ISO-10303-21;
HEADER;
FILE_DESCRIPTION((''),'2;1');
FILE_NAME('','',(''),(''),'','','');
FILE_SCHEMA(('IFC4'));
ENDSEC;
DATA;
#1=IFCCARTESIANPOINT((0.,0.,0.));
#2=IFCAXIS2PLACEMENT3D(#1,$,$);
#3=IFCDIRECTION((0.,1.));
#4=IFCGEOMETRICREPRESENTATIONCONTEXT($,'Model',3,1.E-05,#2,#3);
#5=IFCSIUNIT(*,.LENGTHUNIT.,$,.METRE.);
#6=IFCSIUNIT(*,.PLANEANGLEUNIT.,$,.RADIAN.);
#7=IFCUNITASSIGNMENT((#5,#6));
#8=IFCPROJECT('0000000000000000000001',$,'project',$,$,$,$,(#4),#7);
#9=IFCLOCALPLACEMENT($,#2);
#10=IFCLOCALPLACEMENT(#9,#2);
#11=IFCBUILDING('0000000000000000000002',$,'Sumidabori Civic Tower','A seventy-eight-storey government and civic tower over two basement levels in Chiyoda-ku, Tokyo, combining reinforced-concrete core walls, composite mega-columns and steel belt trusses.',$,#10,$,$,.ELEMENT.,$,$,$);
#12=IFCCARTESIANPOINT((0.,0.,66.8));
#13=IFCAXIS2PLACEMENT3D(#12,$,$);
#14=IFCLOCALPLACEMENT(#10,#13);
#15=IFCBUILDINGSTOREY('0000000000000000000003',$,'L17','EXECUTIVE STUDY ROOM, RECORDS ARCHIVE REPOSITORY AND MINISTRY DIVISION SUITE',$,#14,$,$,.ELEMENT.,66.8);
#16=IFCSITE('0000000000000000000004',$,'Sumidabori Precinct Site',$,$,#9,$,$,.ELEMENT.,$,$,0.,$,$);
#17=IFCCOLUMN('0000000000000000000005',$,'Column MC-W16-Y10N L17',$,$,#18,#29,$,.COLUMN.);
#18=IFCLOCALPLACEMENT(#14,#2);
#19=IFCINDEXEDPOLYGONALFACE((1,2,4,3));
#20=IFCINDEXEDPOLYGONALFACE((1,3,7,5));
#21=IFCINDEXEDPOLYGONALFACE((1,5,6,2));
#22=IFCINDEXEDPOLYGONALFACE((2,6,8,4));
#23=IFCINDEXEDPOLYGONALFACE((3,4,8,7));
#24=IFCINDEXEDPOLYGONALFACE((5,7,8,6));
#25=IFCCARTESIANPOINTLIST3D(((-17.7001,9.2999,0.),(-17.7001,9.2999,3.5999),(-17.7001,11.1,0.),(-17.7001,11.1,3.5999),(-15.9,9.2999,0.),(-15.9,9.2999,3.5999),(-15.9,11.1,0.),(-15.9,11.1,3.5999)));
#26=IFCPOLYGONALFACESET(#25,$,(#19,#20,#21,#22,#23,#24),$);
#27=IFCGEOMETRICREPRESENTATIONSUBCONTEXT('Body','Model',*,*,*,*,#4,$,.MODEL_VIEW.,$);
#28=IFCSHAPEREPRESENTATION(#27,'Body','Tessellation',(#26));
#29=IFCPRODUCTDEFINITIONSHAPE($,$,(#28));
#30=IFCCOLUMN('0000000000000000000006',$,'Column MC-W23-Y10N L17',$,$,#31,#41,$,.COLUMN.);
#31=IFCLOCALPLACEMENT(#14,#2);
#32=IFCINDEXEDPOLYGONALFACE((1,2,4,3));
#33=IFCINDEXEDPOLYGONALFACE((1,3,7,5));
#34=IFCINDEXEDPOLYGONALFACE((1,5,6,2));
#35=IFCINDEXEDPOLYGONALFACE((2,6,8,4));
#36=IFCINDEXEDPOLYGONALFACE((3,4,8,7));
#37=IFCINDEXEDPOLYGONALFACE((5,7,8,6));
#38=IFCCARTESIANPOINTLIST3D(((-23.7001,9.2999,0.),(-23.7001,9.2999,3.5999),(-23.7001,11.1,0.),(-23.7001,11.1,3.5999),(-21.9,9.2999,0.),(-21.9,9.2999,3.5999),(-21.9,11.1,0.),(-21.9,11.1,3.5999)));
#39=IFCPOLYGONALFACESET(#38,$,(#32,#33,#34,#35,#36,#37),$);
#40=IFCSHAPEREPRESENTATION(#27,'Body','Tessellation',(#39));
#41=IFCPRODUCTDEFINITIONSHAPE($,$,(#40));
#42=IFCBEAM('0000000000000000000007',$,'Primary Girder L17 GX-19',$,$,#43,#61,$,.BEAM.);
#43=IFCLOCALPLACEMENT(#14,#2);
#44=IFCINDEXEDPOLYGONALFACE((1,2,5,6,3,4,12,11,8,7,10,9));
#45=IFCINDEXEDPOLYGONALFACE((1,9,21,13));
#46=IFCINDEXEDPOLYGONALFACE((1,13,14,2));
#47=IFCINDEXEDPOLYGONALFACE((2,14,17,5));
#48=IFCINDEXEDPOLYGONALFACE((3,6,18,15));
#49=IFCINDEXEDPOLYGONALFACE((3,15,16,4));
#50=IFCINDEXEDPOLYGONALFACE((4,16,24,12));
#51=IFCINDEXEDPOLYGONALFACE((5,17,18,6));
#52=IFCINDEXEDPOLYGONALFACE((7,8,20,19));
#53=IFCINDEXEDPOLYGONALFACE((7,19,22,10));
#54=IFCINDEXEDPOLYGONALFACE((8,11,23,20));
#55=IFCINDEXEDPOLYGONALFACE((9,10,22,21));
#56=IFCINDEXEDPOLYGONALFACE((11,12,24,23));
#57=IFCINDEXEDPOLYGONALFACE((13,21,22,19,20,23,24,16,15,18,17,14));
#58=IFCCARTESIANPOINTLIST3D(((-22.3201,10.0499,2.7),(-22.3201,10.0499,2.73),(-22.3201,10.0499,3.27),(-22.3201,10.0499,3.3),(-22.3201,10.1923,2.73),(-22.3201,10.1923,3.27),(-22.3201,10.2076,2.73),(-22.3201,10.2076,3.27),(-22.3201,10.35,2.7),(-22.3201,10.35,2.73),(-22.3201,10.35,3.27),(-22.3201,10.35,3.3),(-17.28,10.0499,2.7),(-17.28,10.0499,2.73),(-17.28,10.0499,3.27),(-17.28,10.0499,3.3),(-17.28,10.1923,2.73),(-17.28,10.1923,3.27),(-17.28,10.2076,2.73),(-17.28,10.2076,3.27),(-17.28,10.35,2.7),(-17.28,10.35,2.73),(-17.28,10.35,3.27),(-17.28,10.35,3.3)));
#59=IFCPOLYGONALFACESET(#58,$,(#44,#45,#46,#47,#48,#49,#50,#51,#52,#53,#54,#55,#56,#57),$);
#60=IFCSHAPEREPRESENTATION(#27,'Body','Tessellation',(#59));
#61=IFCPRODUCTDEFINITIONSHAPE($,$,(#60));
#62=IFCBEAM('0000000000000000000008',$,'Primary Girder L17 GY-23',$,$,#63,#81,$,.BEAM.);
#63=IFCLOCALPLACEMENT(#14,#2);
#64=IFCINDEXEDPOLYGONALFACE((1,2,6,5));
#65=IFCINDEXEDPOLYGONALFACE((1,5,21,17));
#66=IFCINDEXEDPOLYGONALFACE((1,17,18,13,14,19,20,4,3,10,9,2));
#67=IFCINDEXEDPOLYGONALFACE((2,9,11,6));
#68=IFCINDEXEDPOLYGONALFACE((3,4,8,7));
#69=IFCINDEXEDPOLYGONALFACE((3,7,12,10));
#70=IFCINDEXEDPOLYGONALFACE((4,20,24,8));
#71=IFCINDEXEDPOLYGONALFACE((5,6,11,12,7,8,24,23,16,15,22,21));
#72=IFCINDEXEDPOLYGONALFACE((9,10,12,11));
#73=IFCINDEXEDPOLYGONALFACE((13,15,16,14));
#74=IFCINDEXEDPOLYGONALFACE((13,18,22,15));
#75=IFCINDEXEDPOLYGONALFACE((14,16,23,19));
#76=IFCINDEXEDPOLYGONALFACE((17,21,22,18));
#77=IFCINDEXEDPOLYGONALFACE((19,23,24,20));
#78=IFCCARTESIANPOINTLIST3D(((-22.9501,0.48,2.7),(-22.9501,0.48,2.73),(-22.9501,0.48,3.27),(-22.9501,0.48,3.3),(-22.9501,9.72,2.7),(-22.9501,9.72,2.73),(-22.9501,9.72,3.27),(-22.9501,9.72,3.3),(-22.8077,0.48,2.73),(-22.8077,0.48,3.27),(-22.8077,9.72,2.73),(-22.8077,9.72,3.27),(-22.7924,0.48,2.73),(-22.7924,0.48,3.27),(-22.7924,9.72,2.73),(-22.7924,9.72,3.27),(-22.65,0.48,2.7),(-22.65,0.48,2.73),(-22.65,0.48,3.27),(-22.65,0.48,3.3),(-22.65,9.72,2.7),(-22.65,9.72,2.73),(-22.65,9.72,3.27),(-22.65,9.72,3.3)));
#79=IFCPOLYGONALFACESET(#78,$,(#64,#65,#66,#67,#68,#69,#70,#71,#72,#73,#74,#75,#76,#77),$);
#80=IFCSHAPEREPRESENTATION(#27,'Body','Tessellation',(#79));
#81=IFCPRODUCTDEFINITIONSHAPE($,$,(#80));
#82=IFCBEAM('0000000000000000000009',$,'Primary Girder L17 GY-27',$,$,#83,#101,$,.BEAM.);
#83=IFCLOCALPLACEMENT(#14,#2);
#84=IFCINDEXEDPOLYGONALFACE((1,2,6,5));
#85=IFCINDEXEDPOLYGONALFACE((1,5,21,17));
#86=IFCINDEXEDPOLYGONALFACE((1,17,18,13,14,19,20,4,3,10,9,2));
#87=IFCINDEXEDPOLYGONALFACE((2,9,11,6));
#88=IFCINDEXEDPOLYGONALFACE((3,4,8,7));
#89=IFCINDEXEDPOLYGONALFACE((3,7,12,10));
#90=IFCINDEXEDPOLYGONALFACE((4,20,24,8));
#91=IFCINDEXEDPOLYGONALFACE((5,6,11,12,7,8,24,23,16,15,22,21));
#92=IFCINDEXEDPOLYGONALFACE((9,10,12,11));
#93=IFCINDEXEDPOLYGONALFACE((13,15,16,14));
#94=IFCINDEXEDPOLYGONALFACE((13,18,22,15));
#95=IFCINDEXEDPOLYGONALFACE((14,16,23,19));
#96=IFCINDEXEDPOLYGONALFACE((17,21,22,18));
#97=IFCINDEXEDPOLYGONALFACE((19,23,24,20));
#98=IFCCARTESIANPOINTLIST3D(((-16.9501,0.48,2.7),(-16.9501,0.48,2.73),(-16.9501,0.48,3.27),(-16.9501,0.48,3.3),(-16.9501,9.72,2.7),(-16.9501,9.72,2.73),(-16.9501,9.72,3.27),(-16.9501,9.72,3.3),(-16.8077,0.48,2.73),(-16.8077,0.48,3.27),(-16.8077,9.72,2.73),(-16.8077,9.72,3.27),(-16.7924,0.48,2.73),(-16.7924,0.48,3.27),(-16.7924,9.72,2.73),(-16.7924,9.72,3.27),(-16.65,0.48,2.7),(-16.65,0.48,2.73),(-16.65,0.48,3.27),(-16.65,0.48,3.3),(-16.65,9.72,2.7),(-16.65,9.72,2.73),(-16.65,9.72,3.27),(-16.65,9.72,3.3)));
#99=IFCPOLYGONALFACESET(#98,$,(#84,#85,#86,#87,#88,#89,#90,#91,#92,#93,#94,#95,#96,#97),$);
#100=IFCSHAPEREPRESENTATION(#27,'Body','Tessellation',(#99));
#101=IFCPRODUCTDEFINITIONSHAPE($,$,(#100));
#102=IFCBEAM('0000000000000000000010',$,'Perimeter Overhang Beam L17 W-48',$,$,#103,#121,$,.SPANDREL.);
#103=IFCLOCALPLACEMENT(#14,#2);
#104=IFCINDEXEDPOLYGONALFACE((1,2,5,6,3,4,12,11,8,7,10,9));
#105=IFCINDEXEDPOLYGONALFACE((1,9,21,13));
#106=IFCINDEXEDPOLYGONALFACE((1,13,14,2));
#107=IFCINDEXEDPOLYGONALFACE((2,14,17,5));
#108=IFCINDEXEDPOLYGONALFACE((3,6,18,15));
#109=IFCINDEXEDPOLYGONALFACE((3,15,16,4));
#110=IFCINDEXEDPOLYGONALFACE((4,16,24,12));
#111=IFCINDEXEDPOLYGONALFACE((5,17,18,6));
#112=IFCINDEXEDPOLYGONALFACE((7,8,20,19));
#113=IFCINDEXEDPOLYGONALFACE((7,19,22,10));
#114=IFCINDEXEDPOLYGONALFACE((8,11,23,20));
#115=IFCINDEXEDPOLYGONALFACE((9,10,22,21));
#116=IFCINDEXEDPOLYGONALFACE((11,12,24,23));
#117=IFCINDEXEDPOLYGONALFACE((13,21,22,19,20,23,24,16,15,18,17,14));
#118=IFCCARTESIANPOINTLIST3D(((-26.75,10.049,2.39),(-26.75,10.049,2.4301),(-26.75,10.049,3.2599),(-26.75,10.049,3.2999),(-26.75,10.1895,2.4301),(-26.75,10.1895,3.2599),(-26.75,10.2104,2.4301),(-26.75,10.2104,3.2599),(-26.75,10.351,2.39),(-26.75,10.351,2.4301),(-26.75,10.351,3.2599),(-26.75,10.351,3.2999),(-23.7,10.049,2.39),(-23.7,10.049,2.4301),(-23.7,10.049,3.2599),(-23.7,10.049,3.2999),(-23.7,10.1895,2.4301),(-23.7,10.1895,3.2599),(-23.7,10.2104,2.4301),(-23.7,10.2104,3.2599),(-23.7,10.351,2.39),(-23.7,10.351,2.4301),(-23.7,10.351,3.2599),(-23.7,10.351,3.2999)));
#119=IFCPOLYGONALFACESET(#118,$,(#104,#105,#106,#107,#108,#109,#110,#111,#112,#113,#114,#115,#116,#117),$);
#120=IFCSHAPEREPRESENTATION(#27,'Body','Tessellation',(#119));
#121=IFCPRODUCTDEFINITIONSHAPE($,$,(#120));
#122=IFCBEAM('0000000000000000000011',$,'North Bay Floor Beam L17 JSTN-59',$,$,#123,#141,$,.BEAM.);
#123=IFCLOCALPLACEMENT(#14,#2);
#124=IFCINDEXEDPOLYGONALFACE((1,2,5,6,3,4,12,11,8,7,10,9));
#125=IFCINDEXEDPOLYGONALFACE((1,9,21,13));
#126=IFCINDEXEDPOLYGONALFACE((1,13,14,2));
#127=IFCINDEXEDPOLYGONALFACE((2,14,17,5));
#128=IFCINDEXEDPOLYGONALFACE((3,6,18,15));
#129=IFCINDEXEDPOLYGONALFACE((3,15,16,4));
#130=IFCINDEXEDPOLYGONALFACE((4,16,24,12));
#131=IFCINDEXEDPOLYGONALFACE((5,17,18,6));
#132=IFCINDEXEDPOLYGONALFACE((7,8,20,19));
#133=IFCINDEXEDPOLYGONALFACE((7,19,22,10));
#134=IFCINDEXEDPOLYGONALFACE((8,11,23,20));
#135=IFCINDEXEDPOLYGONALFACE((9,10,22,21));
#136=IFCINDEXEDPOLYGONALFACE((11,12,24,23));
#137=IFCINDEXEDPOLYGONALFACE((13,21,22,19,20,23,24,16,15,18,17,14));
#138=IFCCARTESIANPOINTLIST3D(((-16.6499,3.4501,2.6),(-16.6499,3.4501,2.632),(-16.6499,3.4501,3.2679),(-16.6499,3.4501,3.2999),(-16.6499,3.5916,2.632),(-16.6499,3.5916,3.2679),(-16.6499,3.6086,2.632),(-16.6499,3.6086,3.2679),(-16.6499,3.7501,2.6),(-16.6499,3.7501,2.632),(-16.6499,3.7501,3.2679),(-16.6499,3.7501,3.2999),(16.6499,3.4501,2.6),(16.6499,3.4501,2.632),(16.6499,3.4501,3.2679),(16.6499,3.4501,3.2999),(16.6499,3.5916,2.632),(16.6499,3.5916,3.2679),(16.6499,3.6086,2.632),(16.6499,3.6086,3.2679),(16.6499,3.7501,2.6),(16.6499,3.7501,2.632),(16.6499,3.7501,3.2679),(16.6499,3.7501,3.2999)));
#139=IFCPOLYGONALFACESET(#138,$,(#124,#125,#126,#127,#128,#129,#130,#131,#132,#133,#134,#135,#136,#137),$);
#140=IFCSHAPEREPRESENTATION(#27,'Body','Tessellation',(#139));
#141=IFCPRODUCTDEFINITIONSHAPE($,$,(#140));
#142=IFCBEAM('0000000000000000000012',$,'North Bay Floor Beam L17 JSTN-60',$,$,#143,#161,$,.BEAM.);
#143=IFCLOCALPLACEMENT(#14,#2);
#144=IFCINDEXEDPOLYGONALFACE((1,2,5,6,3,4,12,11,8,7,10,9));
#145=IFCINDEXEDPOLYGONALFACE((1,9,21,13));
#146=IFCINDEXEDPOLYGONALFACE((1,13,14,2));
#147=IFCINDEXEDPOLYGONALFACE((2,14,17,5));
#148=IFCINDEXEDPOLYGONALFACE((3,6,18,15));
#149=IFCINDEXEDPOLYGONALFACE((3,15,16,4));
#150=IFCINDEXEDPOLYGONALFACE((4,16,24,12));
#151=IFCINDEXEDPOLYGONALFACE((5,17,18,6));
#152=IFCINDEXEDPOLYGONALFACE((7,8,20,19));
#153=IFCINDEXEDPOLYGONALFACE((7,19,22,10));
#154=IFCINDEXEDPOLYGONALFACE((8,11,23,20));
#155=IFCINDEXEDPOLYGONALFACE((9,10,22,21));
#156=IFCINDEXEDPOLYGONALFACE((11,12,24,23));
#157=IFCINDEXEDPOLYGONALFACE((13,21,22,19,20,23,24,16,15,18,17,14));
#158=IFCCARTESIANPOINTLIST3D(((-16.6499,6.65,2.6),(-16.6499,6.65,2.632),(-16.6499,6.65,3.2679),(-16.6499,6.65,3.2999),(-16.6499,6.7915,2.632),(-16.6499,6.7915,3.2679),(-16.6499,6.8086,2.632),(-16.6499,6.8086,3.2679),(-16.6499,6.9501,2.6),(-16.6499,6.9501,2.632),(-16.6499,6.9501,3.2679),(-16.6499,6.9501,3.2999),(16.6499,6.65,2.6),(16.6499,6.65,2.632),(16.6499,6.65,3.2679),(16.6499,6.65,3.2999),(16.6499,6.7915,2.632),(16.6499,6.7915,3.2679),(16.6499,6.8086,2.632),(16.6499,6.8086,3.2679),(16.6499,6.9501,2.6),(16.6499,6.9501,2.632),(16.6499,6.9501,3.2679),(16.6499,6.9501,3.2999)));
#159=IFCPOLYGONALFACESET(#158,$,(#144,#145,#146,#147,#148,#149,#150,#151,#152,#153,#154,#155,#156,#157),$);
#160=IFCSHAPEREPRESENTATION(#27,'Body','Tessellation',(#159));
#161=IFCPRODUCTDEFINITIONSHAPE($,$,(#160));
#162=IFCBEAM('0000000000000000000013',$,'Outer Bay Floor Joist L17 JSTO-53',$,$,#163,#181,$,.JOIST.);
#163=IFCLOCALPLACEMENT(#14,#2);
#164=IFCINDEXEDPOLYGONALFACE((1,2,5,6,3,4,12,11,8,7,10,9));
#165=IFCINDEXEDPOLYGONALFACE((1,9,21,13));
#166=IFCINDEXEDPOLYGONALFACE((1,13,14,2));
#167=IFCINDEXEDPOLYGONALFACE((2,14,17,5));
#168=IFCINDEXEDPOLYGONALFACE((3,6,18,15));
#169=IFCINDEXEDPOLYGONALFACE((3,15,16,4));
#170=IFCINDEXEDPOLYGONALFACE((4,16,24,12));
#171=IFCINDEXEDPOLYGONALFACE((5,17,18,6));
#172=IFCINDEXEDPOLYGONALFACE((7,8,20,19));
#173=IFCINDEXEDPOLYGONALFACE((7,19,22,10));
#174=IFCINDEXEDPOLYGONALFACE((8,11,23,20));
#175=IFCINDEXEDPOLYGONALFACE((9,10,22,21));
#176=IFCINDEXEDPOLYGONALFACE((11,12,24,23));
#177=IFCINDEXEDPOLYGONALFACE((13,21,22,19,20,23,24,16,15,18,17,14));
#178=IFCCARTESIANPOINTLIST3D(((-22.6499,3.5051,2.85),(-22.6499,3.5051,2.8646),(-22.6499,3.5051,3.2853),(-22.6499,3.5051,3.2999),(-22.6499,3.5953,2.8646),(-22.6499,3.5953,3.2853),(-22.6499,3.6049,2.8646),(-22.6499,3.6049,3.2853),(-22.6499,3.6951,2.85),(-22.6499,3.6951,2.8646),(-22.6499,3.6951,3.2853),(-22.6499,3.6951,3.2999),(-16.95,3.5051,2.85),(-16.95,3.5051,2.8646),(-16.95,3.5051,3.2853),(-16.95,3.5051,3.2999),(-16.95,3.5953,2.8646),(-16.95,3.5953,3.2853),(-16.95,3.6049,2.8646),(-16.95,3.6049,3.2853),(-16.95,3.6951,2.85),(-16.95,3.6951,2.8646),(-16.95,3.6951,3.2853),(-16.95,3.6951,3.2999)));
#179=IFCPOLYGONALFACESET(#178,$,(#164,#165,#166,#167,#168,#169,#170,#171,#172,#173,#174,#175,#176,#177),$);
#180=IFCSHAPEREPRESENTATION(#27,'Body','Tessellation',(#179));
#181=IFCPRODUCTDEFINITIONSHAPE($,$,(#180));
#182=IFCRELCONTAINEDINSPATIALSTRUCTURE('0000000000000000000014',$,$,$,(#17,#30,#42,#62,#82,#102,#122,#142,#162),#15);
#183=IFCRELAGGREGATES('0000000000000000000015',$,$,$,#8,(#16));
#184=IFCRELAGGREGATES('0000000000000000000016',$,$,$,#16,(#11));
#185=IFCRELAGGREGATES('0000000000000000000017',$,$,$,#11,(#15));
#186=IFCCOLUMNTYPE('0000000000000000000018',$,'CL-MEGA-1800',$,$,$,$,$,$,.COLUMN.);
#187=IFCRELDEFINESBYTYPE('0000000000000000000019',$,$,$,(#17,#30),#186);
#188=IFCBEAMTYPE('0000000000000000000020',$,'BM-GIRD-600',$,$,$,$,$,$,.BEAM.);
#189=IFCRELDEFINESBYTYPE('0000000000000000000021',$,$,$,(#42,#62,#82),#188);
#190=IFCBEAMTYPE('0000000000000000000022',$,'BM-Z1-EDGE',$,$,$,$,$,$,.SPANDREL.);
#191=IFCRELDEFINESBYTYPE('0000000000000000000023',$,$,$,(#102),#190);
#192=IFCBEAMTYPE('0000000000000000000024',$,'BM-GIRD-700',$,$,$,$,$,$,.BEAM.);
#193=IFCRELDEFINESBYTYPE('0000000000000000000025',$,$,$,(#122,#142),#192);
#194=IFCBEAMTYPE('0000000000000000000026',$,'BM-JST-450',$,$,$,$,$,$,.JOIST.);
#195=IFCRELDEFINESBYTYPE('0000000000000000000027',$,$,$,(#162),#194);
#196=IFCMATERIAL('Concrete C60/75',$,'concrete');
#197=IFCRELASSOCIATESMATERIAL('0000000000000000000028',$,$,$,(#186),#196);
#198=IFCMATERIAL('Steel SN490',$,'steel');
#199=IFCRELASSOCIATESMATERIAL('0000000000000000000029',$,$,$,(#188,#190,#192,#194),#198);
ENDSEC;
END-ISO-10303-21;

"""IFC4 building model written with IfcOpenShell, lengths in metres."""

from ifc_helpers import new_model, si_unit, direction, frame, origin, origin_2d, place, context, subcontext, project, spatial, rectangle, i_section, extrude, source, transform, mapped, material, material_profile, profile_set, type_object, element, save


model = new_model("IFC4")

# Units and contexts
model_context = context("Model", 3, precision=1e-05, world=origin(), true_north=direction((0.0, 1.0)))
body_context = subcontext(model_context, "Body", "Model", "MODEL_VIEW")
ifc_project = project(units=[si_unit("LENGTHUNIT", "METRE"), si_unit("PLANEANGLEUNIT", "RADIAN")], contexts=[model_context])

# Site, building, storey
site_placement = place(None, origin())
site = spatial("IfcSite", under=ifc_project, at=site_placement, Name="Sumidabori Precinct Site", CompositionType="ELEMENT", RefElevation=0.0)
building_placement = place(site_placement, origin())
building = spatial("IfcBuilding", under=site, at=building_placement, Name="Sumidabori Civic Tower", Description="A seventy-eight-storey government and civic tower over two basement levels in Chiyoda-ku, Tokyo, combining reinforced-concrete core walls, composite mega-columns and steel belt trusses.", CompositionType="ELEMENT")
storey_placement = place(building_placement, frame((0.0, 0.0, 66.8)))
storey = spatial("IfcBuildingStorey", under=building, at=storey_placement, Name="L17", Description="EXECUTIVE STUDY ROOM, RECORDS ARCHIVE REPOSITORY AND MINISTRY DIVISION SUITE", CompositionType="ELEMENT", Elevation=66.8)

# Columns
ifc_material_1 = material(Name="Concrete C60/75", Category="concrete")
ifc_material_profile_1 = material_profile(ifc_material_1, rectangle(XDim=1.8, YDim=1.8, at=origin_2d()), Name="RC 1800x1800")
ifc_profile_set_1 = profile_set([ifc_material_profile_1], Name="Concrete C60/75")
column_type = type_object("IfcColumnType", Name="CL-MEGA-1800", PredefinedType="COLUMN", material=ifc_profile_set_1)
shared_shape_1 = source(origin(), body_context, "Body", "SweptSolid", [
    extrude(rectangle(XDim=1.8, YDim=1.8, at=origin_2d()), origin(), (0.0, 0.0, 1.0), 3.5999),
])
for number, where, z_axis, x_axis, name in (
    (1, (-16.8, 10.2, 0.0), (0.0, 0.0, 1.0), (1.0, 0.0, 0.0), "Column MC-W16-Y10N L17"),
    (2, (-22.8, 10.2, 0.0), (0.0, 0.0, 1.0), (1.0, 0.0, 0.0), "Column MC-W23-Y10N L17"),
):
    element("IfcColumn", number, at=place(storey_placement, frame(where, z_axis=z_axis, x_axis=x_axis)), inside=storey, type_object=column_type, Name=name, PredefinedType="COLUMN", context=body_context, shape_type="MappedRepresentation", body=[
        mapped(shared_shape_1, transform((0.0, 0.0, 0.0), x_axis=(1.0, 0.0, 0.0), y_axis=(0.0, 1.0, 0.0), z_axis=(0.0, 0.0, 1.0), scale=1.0)),
    ])

# Beams
ifc_material_2 = material(Name="Steel SN490", Category="steel")
ifc_material_profile_2 = material_profile(ifc_material_2, i_section(OverallWidth=0.3, OverallDepth=0.6001, WebThickness=0.0154, FlangeThickness=0.03, at=origin_2d()), Name="HE 600 B")
ifc_profile_set_2 = profile_set([ifc_material_profile_2], Name="Steel SN490")
beam_type_1 = type_object("IfcBeamType", Name="BM-GIRD-600", PredefinedType="BEAM", material=ifc_profile_set_2)
shared_shape_2 = source(origin(), body_context, "Body", "SweptSolid", [
    extrude(i_section(OverallWidth=0.3, OverallDepth=0.6001, WebThickness=0.0154, FlangeThickness=0.03, at=origin_2d()), origin(), (0.0, 0.0, 1.0), 5.04),
])
beam_1_placement = place(storey_placement, frame((-22.3201, 10.2, 3.0), z_axis=(1.0, 0.0, 0.0), x_axis=(0.0, 1.0, 0.0)))
element("IfcBeam", 3, at=beam_1_placement, inside=storey, type_object=beam_type_1, Name="Primary Girder L17 GX-19", PredefinedType="BEAM", context=body_context, shape_type="MappedRepresentation", body=[
    mapped(shared_shape_2, transform((0.0, 0.0, 0.0), x_axis=(1.0, 0.0, 0.0), y_axis=(0.0, 1.0, 0.0), z_axis=(0.0, 0.0, 1.0), scale=1.0)),
])
shared_shape_3 = source(origin(), body_context, "Body", "SweptSolid", [
    extrude(i_section(OverallWidth=0.3, OverallDepth=0.6001, WebThickness=0.0154, FlangeThickness=0.03, at=origin_2d()), origin(), (0.0, 0.0, 1.0), 9.24),
])
for number, where, z_axis, x_axis, name in (
    (4, (-22.8, 0.48, 3.0), (0.0, 1.0, 0.0), (-1.0, 0.0, 0.0), "Primary Girder L17 GY-23"),
    (5, (-16.8, 0.48, 3.0), (0.0, 1.0, 0.0), (-1.0, 0.0, 0.0), "Primary Girder L17 GY-27"),
):
    element("IfcBeam", number, at=place(storey_placement, frame(where, z_axis=z_axis, x_axis=x_axis)), inside=storey, type_object=beam_type_1, Name=name, PredefinedType="BEAM", context=body_context, shape_type="MappedRepresentation", body=[
        mapped(shared_shape_3, transform((0.0, 0.0, 0.0), x_axis=(1.0, 0.0, 0.0), y_axis=(0.0, 1.0, 0.0), z_axis=(0.0, 0.0, 1.0), scale=1.0)),
    ])
ifc_material_profile_3 = material_profile(ifc_material_2, i_section(OverallWidth=0.302, OverallDepth=0.9099, WebThickness=0.021, FlangeThickness=0.04, at=origin_2d()), Name="HE 900 M")
ifc_profile_set_3 = profile_set([ifc_material_profile_3], Name="Steel SN490")
beam_type_2 = type_object("IfcBeamType", Name="BM-Z1-EDGE", PredefinedType="SPANDREL", material=ifc_profile_set_3)
shared_shape_4 = source(origin(), body_context, "Body", "SweptSolid", [
    extrude(i_section(OverallWidth=0.302, OverallDepth=0.9099, WebThickness=0.021, FlangeThickness=0.04, at=origin_2d()), origin(), (0.0, 0.0, 1.0), 3.05),
])
beam_2_placement = place(storey_placement, frame((-26.75, 10.2, 2.845), z_axis=(1.0, 0.0, 0.0), x_axis=(0.0, 1.0, 0.0)))
element("IfcBeam", 6, at=beam_2_placement, inside=storey, type_object=beam_type_2, Name="Perimeter Overhang Beam L17 W-48", PredefinedType="SPANDREL", context=body_context, shape_type="MappedRepresentation", body=[
    mapped(shared_shape_4, transform((0.0, 0.0, 0.0), x_axis=(1.0, 0.0, 0.0), y_axis=(0.0, 1.0, 0.0), z_axis=(0.0, 0.0, 1.0), scale=1.0)),
])
ifc_material_profile_4 = material_profile(ifc_material_2, i_section(OverallWidth=0.3, OverallDepth=0.7, WebThickness=0.0171, FlangeThickness=0.032, at=origin_2d()), Name="HE 700 B")
ifc_profile_set_4 = profile_set([ifc_material_profile_4], Name="Steel SN490")
beam_type_3 = type_object("IfcBeamType", Name="BM-GIRD-700", PredefinedType="BEAM", material=ifc_profile_set_4)
shared_shape_5 = source(origin(), body_context, "Body", "SweptSolid", [
    extrude(i_section(OverallWidth=0.3, OverallDepth=0.7, WebThickness=0.0171, FlangeThickness=0.032, at=origin_2d()), origin(), (0.0, 0.0, 1.0), 33.2998),
])
for number, where, z_axis, x_axis, name in (
    (7, (-16.6499, 3.6001, 2.95), (1.0, 0.0, 0.0), (0.0, 1.0, 0.0), "North Bay Floor Beam L17 JSTN-59"),
    (8, (-16.6499, 6.8, 2.95), (1.0, 0.0, 0.0), (0.0, 1.0, 0.0), "North Bay Floor Beam L17 JSTN-60"),
):
    element("IfcBeam", number, at=place(storey_placement, frame(where, z_axis=z_axis, x_axis=x_axis)), inside=storey, type_object=beam_type_3, Name=name, PredefinedType="BEAM", context=body_context, shape_type="MappedRepresentation", body=[
        mapped(shared_shape_5, transform((0.0, 0.0, 0.0), x_axis=(1.0, 0.0, 0.0), y_axis=(0.0, 1.0, 0.0), z_axis=(0.0, 0.0, 1.0), scale=1.0)),
    ])
ifc_material_profile_5 = material_profile(ifc_material_2, i_section(OverallWidth=0.1899, OverallDepth=0.45, WebThickness=0.0095, FlangeThickness=0.0146, at=origin_2d()), Name="IPE 450")
ifc_profile_set_5 = profile_set([ifc_material_profile_5], Name="Steel SN490")
beam_type_4 = type_object("IfcBeamType", Name="BM-JST-450", PredefinedType="JOIST", material=ifc_profile_set_5)
shared_shape_6 = source(origin(), body_context, "Body", "SweptSolid", [
    extrude(i_section(OverallWidth=0.1899, OverallDepth=0.45, WebThickness=0.0095, FlangeThickness=0.0146, at=origin_2d()), origin(), (0.0, 0.0, 1.0), 5.7),
])
for number, where, z_axis, x_axis, name in (
    (9, (-22.6499, 3.6001, 3.075), (1.0, 0.0, 0.0), (0.0, 1.0, 0.0), "Outer Bay Floor Joist L17 JSTO-53"),
):
    element("IfcBeam", number, at=place(storey_placement, frame(where, z_axis=z_axis, x_axis=x_axis)), inside=storey, type_object=beam_type_4, Name=name, PredefinedType="JOIST", context=body_context, shape_type="MappedRepresentation", body=[
        mapped(shared_shape_6, transform((0.0, 0.0, 0.0), x_axis=(1.0, 0.0, 0.0), y_axis=(0.0, 1.0, 0.0), z_axis=(0.0, 0.0, 1.0), scale=1.0)),
    ])

save(model, "model.ifc")
